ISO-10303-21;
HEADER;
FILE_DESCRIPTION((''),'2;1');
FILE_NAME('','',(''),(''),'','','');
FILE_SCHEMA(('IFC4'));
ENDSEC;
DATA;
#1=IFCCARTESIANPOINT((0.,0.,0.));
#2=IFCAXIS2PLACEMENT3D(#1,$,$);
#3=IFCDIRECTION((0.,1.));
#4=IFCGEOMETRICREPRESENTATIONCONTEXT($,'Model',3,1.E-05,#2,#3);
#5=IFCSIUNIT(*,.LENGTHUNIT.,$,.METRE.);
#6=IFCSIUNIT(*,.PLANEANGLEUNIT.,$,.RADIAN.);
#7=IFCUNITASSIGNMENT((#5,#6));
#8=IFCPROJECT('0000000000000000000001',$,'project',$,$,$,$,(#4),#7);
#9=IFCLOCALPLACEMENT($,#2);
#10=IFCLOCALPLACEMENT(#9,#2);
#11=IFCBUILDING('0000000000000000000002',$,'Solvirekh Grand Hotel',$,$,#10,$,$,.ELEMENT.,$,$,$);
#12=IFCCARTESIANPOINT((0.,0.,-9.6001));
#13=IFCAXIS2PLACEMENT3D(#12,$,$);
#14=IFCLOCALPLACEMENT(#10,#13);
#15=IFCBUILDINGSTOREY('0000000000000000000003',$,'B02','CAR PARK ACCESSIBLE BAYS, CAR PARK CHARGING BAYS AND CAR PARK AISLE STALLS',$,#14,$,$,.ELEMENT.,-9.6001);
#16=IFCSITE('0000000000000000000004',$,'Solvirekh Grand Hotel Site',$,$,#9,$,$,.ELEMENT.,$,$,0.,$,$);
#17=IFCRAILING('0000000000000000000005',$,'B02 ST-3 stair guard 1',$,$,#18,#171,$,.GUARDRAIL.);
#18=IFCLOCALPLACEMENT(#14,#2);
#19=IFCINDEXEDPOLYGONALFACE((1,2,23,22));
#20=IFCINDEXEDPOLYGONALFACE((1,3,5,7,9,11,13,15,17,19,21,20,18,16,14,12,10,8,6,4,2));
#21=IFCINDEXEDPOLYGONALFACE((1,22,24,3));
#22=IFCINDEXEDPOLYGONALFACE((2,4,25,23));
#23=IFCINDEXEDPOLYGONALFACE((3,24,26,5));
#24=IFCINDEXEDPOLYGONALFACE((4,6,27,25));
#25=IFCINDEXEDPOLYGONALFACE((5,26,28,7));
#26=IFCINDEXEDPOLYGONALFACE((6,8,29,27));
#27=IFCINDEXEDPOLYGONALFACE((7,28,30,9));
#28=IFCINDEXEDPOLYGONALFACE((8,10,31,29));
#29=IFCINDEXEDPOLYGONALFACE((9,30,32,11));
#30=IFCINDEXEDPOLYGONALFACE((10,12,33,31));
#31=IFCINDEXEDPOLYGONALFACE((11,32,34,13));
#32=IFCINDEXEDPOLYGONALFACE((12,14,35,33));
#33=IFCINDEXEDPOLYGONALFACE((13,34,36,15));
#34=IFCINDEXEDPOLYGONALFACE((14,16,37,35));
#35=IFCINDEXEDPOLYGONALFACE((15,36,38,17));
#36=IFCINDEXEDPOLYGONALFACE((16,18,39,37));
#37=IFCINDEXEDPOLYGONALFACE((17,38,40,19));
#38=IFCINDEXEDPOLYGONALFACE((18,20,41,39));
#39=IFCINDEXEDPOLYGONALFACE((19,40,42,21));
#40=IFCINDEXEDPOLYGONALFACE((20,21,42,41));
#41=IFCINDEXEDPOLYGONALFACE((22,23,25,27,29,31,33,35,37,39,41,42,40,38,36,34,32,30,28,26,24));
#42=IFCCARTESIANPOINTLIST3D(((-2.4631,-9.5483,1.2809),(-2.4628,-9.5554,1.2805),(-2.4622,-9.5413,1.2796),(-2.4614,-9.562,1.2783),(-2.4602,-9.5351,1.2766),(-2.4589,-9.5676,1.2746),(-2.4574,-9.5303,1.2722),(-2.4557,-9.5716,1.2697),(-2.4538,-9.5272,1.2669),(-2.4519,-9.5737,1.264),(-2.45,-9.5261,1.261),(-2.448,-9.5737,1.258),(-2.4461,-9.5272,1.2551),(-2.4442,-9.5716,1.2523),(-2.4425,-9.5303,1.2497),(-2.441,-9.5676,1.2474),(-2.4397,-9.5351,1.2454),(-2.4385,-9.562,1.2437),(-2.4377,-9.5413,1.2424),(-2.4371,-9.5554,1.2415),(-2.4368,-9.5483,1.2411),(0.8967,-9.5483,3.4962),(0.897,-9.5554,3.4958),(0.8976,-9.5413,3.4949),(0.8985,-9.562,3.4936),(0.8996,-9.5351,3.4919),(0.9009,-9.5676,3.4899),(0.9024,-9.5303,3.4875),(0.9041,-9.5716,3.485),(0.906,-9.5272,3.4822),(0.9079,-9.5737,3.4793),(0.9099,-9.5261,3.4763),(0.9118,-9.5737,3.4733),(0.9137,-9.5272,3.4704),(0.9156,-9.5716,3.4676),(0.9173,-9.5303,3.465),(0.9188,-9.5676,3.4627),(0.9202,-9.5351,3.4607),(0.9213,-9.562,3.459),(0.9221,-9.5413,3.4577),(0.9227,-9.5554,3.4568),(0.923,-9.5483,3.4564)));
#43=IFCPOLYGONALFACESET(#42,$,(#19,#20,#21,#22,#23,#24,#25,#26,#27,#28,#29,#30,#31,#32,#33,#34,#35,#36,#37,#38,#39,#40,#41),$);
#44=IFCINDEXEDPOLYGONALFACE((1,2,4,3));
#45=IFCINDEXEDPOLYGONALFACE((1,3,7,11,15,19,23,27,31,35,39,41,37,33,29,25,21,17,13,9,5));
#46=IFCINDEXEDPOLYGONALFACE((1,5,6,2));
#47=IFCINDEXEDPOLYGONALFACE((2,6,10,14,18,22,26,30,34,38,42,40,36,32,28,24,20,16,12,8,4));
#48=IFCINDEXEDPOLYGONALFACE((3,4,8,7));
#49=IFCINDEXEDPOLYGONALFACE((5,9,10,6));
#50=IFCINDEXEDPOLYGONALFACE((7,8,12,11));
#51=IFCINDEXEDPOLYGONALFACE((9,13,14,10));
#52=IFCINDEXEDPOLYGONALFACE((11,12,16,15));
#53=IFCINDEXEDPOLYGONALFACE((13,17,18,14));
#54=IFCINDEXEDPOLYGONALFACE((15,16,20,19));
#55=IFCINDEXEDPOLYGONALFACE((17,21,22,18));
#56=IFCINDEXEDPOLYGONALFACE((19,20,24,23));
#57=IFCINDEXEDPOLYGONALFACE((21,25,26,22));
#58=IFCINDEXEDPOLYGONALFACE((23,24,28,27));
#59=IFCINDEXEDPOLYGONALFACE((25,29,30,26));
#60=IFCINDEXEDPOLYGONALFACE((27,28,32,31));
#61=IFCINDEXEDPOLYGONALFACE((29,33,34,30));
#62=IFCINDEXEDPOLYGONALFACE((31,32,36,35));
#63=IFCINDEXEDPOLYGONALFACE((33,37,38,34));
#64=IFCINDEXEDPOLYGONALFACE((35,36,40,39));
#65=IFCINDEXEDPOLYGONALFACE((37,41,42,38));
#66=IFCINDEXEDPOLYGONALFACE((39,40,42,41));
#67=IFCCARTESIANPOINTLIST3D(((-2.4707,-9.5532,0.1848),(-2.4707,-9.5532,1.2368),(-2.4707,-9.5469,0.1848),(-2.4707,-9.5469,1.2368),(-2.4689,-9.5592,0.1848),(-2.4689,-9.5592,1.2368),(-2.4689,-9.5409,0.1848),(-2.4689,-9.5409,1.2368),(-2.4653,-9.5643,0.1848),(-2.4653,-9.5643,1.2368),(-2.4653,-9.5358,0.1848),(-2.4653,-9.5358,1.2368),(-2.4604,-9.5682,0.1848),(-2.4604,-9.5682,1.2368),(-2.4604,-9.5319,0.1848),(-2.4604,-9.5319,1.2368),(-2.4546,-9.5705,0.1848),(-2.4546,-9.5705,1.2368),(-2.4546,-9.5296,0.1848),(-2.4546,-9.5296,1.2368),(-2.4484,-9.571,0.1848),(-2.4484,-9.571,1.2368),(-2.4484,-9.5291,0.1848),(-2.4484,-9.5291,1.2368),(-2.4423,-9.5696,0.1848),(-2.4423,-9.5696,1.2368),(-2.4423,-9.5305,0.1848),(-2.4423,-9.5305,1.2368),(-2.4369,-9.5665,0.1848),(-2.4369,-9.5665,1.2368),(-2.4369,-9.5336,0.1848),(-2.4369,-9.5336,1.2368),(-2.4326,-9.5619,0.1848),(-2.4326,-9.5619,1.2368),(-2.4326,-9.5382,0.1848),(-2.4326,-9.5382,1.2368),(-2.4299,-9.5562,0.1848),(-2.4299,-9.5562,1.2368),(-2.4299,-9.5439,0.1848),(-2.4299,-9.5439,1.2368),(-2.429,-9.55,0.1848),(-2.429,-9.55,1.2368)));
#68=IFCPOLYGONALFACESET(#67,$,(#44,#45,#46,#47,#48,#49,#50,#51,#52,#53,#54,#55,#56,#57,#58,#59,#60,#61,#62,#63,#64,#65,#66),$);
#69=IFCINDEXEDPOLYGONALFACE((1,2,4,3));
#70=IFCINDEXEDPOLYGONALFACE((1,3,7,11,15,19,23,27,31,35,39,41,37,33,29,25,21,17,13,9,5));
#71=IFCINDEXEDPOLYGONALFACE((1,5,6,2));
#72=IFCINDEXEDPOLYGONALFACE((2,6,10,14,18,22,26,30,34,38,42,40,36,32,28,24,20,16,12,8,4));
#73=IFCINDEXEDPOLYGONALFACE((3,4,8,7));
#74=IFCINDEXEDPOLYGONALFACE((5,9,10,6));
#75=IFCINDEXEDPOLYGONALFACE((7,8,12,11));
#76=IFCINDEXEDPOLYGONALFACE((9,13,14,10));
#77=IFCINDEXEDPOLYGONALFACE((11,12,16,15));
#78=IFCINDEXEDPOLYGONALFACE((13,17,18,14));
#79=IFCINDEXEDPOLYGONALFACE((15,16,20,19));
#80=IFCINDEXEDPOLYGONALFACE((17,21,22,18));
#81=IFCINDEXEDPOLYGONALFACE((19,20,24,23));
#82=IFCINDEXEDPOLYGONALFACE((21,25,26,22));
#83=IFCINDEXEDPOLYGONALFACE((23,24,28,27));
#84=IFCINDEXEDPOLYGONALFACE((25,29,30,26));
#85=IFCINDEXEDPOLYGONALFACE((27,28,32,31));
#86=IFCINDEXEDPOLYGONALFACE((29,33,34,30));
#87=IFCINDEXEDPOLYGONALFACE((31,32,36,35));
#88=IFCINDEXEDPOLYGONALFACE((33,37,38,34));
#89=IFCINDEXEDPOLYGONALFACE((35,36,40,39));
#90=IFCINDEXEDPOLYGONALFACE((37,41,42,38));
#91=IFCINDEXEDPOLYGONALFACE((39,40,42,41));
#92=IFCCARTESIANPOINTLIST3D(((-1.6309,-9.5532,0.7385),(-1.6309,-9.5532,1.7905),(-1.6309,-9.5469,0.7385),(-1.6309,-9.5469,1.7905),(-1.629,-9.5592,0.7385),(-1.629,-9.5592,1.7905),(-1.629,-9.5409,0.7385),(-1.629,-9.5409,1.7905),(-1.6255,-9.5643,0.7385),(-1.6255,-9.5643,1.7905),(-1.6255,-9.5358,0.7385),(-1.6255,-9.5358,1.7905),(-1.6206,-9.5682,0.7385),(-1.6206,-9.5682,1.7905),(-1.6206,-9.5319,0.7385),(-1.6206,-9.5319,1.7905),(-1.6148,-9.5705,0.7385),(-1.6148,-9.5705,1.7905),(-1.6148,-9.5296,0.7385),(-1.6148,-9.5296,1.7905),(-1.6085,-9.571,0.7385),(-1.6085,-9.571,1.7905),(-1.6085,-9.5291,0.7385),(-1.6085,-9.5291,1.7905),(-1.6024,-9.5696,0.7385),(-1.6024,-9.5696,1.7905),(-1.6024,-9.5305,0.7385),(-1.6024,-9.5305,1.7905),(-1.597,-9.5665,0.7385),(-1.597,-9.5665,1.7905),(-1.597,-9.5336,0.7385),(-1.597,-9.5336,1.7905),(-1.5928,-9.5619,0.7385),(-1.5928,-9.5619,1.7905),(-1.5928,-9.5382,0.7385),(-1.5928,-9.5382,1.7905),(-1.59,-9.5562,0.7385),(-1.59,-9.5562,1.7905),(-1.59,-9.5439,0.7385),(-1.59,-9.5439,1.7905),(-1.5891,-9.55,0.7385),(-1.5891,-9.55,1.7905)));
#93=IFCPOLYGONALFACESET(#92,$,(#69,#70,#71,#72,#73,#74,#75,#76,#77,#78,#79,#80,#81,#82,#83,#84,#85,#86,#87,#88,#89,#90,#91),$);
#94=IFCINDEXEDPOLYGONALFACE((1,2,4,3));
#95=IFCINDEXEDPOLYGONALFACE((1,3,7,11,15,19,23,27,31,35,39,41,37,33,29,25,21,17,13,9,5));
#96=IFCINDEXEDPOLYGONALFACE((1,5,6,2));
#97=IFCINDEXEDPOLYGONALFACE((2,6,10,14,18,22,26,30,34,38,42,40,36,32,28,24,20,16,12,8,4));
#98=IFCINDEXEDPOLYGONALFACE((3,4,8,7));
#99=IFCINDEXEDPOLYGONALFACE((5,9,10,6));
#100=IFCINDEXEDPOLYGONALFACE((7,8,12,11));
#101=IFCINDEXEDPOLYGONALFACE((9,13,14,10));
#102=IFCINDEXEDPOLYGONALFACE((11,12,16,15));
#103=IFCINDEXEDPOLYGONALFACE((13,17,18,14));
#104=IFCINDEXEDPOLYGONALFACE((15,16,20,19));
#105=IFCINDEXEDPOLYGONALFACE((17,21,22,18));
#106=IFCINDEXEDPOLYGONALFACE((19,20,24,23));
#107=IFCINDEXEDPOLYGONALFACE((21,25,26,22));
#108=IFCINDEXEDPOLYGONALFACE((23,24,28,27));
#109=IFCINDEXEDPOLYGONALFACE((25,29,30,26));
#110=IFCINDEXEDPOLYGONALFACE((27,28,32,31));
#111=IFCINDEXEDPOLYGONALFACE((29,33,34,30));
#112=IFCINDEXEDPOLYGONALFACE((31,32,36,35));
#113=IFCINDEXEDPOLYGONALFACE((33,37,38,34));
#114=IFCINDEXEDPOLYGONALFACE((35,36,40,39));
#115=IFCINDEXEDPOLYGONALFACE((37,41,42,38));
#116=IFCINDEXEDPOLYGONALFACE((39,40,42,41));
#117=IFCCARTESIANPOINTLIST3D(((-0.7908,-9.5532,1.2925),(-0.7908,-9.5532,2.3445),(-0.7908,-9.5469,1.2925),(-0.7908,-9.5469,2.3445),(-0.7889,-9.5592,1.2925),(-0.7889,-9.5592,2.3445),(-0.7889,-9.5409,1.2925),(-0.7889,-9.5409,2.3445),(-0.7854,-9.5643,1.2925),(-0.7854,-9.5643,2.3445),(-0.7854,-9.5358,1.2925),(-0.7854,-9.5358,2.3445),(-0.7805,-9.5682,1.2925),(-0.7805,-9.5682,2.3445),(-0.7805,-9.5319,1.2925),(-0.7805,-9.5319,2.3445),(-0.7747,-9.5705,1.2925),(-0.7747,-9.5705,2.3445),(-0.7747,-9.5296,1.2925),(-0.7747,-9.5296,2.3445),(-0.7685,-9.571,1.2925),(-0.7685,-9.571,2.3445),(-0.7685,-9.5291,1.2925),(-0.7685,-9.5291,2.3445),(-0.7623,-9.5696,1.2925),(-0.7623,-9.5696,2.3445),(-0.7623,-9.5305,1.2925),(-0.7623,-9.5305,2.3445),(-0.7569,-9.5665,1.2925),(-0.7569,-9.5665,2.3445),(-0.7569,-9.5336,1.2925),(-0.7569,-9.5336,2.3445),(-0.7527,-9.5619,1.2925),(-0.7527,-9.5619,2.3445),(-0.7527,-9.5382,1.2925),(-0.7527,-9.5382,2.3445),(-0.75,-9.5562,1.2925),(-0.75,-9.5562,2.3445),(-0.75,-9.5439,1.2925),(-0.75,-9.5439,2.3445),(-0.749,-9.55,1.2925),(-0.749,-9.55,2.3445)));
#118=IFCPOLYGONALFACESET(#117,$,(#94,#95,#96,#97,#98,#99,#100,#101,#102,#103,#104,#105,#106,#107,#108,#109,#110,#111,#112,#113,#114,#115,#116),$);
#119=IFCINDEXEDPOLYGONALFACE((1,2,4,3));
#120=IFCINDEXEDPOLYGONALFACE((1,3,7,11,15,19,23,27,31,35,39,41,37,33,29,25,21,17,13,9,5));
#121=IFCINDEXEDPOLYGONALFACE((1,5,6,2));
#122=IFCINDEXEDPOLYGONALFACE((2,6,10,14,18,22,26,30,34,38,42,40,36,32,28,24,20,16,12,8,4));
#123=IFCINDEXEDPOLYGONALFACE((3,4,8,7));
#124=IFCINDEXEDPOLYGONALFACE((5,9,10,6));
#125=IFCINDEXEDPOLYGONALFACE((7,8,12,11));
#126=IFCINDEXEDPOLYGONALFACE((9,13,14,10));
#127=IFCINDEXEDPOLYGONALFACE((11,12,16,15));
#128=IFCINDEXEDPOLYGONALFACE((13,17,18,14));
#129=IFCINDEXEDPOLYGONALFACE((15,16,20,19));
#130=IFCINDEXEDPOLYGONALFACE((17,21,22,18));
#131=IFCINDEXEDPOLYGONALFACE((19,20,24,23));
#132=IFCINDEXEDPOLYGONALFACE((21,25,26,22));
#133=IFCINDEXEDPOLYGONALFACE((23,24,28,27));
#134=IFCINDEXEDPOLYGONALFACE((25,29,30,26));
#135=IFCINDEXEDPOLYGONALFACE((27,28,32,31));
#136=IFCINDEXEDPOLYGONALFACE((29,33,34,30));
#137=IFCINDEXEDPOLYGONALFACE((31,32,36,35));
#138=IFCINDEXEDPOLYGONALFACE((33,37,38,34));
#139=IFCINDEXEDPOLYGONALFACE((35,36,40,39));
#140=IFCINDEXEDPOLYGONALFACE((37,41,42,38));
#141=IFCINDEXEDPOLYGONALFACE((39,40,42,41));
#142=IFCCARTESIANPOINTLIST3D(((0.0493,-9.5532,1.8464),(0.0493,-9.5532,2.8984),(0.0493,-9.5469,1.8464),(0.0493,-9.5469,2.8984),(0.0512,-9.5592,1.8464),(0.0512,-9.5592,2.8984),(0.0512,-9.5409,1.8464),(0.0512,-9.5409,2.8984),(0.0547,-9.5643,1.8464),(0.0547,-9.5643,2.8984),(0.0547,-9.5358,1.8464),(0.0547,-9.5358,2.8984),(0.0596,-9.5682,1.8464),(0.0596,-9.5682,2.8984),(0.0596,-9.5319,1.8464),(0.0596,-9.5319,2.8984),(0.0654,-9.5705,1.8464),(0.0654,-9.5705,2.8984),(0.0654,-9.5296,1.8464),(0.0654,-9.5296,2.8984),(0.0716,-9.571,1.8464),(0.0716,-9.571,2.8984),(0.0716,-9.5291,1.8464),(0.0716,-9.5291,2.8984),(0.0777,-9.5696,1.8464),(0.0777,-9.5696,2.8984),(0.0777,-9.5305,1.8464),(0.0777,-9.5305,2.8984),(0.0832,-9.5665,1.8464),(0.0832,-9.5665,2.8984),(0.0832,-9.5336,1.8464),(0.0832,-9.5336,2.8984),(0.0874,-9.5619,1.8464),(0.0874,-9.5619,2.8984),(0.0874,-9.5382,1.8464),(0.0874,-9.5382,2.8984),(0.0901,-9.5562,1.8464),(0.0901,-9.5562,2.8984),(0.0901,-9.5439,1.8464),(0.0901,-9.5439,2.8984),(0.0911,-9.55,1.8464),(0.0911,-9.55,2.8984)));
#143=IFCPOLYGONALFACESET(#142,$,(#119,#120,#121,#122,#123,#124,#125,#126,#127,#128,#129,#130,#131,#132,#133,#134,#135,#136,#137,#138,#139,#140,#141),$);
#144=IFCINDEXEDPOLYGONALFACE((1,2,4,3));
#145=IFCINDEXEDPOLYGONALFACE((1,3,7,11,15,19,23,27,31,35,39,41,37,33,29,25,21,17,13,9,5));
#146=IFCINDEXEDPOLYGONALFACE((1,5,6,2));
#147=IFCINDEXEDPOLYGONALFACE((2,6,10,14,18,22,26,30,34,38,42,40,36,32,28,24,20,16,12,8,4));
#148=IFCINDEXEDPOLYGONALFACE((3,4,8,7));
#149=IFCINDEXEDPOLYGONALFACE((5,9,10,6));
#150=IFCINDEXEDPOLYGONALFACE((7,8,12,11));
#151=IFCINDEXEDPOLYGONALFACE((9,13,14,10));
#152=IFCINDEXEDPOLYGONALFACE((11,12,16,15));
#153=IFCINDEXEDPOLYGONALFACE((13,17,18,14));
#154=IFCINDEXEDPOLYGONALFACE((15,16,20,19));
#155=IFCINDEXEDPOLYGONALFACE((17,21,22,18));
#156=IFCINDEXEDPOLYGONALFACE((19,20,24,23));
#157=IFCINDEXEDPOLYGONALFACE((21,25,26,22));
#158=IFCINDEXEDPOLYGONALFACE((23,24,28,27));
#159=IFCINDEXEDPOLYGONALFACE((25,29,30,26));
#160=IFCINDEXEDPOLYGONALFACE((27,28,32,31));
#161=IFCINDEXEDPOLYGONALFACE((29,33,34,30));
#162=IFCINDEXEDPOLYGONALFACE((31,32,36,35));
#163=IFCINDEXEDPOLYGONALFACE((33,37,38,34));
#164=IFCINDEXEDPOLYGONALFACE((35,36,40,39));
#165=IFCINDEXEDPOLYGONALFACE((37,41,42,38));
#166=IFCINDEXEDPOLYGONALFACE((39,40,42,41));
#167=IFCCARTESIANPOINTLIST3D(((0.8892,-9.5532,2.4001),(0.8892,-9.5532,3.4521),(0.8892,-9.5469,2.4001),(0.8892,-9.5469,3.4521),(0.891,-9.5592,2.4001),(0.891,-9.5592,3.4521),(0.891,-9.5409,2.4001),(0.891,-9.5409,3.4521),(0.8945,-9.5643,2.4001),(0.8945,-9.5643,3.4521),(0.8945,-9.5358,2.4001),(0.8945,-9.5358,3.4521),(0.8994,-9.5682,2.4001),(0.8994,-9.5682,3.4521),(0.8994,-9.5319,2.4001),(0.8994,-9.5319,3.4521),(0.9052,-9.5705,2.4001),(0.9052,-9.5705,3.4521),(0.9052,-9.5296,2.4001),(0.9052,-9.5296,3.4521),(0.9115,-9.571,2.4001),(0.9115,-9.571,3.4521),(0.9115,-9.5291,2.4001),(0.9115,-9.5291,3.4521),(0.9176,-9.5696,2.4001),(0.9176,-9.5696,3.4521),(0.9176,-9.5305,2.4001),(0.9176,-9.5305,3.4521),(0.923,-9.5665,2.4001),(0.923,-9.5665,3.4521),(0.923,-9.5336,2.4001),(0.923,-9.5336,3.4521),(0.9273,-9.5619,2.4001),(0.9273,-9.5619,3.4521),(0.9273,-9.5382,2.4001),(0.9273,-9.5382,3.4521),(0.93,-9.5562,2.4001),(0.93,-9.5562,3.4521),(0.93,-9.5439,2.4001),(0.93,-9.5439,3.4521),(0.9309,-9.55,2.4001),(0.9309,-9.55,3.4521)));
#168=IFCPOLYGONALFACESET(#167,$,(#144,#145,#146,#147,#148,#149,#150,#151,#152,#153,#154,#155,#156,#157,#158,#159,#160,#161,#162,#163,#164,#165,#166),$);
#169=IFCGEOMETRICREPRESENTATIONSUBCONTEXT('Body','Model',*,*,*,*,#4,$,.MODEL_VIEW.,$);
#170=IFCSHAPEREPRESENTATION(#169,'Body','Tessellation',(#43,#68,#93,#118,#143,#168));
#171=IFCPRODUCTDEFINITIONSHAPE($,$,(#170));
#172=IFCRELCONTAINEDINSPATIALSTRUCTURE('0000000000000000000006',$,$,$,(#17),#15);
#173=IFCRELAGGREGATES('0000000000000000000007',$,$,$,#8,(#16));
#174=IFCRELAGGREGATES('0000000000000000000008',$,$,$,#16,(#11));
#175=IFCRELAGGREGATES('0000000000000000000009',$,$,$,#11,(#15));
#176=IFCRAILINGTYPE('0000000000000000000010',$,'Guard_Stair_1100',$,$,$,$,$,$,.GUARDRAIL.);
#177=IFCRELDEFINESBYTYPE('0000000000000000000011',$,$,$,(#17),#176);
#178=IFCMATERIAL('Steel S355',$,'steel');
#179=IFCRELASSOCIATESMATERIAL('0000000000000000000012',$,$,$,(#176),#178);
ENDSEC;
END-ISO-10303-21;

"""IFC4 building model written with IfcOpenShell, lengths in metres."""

from ifc_helpers import new_model, si_unit, direction, frame, origin, origin_2d, place, context, subcontext, project, spatial, circle, extrude, material, type_object, element, save


model = new_model("IFC4")

# Units and contexts
model_context = context("Model", 3, precision=1e-05, world=origin(), true_north=direction((0.0, 1.0)))
body_context = subcontext(model_context, "Body", "Model", "MODEL_VIEW")
ifc_project = project(units=[si_unit("LENGTHUNIT", "METRE"), si_unit("PLANEANGLEUNIT", "RADIAN")], contexts=[model_context])

# Site, building, storey
site_placement = place(None, origin())
site = spatial("IfcSite", under=ifc_project, at=site_placement, Name="Solvirekh Grand Hotel Site", CompositionType="ELEMENT", RefElevation=0.0)
building_placement = place(site_placement, origin())
building = spatial("IfcBuilding", under=site, at=building_placement, Name="Solvirekh Grand Hotel", CompositionType="ELEMENT")
storey_placement = place(building_placement, frame((0.0, 0.0, -9.6001)))
storey = spatial("IfcBuildingStorey", under=building, at=storey_placement, Name="B02", Description="CAR PARK ACCESSIBLE BAYS, CAR PARK CHARGING BAYS AND CAR PARK AISLE STALLS", CompositionType="ELEMENT", Elevation=-9.6001)

# Shared definitions
ifc_material_1 = material(Name="Steel S355", Category="steel")

# Railing
railing_type_1 = type_object("IfcRailingType", Name="Guard_Stair_1100", PredefinedType="GUARDRAIL", material=ifc_material_1)
railing_1_placement = place(storey_placement, frame((-2.45, -9.55, 0.1848)))
element("IfcRailing", 1, at=railing_1_placement, inside=storey, type_object=railing_type_1, Name="B02 ST-3 stair guard 1", PredefinedType="GUARDRAIL", context=body_context, shape_type="SweptSolid", body=[
    extrude(circle(Radius=0.0239, at=origin_2d()), frame((0.0, 0.0, 1.0762), z_axis=(0.834858, 0.0, 0.550465), x_axis=(0.0, 1.0, 0.0)), (0.0, 0.0, 1.0), 4.0244),
    extrude(circle(Radius=0.021, at=origin_2d()), origin(), (0.0, 0.0, 1.0), 1.052),
    extrude(circle(Radius=0.021, at=origin_2d()), frame((0.8398, 0.0, 0.5537)), (0.0, 0.0, 1.0), 1.052),
    extrude(circle(Radius=0.021, at=origin_2d()), frame((1.6799, 0.0, 1.1077)), (0.0, 0.0, 1.0), 1.052),
    extrude(circle(Radius=0.021, at=origin_2d()), frame((2.52, 0.0, 1.6616)), (0.0, 0.0, 1.0), 1.052),
    extrude(circle(Radius=0.021, at=origin_2d()), frame((3.3599, 0.0, 2.2153)), (0.0, 0.0, 1.0), 1.052),
])

save(model, "model.ifc")
